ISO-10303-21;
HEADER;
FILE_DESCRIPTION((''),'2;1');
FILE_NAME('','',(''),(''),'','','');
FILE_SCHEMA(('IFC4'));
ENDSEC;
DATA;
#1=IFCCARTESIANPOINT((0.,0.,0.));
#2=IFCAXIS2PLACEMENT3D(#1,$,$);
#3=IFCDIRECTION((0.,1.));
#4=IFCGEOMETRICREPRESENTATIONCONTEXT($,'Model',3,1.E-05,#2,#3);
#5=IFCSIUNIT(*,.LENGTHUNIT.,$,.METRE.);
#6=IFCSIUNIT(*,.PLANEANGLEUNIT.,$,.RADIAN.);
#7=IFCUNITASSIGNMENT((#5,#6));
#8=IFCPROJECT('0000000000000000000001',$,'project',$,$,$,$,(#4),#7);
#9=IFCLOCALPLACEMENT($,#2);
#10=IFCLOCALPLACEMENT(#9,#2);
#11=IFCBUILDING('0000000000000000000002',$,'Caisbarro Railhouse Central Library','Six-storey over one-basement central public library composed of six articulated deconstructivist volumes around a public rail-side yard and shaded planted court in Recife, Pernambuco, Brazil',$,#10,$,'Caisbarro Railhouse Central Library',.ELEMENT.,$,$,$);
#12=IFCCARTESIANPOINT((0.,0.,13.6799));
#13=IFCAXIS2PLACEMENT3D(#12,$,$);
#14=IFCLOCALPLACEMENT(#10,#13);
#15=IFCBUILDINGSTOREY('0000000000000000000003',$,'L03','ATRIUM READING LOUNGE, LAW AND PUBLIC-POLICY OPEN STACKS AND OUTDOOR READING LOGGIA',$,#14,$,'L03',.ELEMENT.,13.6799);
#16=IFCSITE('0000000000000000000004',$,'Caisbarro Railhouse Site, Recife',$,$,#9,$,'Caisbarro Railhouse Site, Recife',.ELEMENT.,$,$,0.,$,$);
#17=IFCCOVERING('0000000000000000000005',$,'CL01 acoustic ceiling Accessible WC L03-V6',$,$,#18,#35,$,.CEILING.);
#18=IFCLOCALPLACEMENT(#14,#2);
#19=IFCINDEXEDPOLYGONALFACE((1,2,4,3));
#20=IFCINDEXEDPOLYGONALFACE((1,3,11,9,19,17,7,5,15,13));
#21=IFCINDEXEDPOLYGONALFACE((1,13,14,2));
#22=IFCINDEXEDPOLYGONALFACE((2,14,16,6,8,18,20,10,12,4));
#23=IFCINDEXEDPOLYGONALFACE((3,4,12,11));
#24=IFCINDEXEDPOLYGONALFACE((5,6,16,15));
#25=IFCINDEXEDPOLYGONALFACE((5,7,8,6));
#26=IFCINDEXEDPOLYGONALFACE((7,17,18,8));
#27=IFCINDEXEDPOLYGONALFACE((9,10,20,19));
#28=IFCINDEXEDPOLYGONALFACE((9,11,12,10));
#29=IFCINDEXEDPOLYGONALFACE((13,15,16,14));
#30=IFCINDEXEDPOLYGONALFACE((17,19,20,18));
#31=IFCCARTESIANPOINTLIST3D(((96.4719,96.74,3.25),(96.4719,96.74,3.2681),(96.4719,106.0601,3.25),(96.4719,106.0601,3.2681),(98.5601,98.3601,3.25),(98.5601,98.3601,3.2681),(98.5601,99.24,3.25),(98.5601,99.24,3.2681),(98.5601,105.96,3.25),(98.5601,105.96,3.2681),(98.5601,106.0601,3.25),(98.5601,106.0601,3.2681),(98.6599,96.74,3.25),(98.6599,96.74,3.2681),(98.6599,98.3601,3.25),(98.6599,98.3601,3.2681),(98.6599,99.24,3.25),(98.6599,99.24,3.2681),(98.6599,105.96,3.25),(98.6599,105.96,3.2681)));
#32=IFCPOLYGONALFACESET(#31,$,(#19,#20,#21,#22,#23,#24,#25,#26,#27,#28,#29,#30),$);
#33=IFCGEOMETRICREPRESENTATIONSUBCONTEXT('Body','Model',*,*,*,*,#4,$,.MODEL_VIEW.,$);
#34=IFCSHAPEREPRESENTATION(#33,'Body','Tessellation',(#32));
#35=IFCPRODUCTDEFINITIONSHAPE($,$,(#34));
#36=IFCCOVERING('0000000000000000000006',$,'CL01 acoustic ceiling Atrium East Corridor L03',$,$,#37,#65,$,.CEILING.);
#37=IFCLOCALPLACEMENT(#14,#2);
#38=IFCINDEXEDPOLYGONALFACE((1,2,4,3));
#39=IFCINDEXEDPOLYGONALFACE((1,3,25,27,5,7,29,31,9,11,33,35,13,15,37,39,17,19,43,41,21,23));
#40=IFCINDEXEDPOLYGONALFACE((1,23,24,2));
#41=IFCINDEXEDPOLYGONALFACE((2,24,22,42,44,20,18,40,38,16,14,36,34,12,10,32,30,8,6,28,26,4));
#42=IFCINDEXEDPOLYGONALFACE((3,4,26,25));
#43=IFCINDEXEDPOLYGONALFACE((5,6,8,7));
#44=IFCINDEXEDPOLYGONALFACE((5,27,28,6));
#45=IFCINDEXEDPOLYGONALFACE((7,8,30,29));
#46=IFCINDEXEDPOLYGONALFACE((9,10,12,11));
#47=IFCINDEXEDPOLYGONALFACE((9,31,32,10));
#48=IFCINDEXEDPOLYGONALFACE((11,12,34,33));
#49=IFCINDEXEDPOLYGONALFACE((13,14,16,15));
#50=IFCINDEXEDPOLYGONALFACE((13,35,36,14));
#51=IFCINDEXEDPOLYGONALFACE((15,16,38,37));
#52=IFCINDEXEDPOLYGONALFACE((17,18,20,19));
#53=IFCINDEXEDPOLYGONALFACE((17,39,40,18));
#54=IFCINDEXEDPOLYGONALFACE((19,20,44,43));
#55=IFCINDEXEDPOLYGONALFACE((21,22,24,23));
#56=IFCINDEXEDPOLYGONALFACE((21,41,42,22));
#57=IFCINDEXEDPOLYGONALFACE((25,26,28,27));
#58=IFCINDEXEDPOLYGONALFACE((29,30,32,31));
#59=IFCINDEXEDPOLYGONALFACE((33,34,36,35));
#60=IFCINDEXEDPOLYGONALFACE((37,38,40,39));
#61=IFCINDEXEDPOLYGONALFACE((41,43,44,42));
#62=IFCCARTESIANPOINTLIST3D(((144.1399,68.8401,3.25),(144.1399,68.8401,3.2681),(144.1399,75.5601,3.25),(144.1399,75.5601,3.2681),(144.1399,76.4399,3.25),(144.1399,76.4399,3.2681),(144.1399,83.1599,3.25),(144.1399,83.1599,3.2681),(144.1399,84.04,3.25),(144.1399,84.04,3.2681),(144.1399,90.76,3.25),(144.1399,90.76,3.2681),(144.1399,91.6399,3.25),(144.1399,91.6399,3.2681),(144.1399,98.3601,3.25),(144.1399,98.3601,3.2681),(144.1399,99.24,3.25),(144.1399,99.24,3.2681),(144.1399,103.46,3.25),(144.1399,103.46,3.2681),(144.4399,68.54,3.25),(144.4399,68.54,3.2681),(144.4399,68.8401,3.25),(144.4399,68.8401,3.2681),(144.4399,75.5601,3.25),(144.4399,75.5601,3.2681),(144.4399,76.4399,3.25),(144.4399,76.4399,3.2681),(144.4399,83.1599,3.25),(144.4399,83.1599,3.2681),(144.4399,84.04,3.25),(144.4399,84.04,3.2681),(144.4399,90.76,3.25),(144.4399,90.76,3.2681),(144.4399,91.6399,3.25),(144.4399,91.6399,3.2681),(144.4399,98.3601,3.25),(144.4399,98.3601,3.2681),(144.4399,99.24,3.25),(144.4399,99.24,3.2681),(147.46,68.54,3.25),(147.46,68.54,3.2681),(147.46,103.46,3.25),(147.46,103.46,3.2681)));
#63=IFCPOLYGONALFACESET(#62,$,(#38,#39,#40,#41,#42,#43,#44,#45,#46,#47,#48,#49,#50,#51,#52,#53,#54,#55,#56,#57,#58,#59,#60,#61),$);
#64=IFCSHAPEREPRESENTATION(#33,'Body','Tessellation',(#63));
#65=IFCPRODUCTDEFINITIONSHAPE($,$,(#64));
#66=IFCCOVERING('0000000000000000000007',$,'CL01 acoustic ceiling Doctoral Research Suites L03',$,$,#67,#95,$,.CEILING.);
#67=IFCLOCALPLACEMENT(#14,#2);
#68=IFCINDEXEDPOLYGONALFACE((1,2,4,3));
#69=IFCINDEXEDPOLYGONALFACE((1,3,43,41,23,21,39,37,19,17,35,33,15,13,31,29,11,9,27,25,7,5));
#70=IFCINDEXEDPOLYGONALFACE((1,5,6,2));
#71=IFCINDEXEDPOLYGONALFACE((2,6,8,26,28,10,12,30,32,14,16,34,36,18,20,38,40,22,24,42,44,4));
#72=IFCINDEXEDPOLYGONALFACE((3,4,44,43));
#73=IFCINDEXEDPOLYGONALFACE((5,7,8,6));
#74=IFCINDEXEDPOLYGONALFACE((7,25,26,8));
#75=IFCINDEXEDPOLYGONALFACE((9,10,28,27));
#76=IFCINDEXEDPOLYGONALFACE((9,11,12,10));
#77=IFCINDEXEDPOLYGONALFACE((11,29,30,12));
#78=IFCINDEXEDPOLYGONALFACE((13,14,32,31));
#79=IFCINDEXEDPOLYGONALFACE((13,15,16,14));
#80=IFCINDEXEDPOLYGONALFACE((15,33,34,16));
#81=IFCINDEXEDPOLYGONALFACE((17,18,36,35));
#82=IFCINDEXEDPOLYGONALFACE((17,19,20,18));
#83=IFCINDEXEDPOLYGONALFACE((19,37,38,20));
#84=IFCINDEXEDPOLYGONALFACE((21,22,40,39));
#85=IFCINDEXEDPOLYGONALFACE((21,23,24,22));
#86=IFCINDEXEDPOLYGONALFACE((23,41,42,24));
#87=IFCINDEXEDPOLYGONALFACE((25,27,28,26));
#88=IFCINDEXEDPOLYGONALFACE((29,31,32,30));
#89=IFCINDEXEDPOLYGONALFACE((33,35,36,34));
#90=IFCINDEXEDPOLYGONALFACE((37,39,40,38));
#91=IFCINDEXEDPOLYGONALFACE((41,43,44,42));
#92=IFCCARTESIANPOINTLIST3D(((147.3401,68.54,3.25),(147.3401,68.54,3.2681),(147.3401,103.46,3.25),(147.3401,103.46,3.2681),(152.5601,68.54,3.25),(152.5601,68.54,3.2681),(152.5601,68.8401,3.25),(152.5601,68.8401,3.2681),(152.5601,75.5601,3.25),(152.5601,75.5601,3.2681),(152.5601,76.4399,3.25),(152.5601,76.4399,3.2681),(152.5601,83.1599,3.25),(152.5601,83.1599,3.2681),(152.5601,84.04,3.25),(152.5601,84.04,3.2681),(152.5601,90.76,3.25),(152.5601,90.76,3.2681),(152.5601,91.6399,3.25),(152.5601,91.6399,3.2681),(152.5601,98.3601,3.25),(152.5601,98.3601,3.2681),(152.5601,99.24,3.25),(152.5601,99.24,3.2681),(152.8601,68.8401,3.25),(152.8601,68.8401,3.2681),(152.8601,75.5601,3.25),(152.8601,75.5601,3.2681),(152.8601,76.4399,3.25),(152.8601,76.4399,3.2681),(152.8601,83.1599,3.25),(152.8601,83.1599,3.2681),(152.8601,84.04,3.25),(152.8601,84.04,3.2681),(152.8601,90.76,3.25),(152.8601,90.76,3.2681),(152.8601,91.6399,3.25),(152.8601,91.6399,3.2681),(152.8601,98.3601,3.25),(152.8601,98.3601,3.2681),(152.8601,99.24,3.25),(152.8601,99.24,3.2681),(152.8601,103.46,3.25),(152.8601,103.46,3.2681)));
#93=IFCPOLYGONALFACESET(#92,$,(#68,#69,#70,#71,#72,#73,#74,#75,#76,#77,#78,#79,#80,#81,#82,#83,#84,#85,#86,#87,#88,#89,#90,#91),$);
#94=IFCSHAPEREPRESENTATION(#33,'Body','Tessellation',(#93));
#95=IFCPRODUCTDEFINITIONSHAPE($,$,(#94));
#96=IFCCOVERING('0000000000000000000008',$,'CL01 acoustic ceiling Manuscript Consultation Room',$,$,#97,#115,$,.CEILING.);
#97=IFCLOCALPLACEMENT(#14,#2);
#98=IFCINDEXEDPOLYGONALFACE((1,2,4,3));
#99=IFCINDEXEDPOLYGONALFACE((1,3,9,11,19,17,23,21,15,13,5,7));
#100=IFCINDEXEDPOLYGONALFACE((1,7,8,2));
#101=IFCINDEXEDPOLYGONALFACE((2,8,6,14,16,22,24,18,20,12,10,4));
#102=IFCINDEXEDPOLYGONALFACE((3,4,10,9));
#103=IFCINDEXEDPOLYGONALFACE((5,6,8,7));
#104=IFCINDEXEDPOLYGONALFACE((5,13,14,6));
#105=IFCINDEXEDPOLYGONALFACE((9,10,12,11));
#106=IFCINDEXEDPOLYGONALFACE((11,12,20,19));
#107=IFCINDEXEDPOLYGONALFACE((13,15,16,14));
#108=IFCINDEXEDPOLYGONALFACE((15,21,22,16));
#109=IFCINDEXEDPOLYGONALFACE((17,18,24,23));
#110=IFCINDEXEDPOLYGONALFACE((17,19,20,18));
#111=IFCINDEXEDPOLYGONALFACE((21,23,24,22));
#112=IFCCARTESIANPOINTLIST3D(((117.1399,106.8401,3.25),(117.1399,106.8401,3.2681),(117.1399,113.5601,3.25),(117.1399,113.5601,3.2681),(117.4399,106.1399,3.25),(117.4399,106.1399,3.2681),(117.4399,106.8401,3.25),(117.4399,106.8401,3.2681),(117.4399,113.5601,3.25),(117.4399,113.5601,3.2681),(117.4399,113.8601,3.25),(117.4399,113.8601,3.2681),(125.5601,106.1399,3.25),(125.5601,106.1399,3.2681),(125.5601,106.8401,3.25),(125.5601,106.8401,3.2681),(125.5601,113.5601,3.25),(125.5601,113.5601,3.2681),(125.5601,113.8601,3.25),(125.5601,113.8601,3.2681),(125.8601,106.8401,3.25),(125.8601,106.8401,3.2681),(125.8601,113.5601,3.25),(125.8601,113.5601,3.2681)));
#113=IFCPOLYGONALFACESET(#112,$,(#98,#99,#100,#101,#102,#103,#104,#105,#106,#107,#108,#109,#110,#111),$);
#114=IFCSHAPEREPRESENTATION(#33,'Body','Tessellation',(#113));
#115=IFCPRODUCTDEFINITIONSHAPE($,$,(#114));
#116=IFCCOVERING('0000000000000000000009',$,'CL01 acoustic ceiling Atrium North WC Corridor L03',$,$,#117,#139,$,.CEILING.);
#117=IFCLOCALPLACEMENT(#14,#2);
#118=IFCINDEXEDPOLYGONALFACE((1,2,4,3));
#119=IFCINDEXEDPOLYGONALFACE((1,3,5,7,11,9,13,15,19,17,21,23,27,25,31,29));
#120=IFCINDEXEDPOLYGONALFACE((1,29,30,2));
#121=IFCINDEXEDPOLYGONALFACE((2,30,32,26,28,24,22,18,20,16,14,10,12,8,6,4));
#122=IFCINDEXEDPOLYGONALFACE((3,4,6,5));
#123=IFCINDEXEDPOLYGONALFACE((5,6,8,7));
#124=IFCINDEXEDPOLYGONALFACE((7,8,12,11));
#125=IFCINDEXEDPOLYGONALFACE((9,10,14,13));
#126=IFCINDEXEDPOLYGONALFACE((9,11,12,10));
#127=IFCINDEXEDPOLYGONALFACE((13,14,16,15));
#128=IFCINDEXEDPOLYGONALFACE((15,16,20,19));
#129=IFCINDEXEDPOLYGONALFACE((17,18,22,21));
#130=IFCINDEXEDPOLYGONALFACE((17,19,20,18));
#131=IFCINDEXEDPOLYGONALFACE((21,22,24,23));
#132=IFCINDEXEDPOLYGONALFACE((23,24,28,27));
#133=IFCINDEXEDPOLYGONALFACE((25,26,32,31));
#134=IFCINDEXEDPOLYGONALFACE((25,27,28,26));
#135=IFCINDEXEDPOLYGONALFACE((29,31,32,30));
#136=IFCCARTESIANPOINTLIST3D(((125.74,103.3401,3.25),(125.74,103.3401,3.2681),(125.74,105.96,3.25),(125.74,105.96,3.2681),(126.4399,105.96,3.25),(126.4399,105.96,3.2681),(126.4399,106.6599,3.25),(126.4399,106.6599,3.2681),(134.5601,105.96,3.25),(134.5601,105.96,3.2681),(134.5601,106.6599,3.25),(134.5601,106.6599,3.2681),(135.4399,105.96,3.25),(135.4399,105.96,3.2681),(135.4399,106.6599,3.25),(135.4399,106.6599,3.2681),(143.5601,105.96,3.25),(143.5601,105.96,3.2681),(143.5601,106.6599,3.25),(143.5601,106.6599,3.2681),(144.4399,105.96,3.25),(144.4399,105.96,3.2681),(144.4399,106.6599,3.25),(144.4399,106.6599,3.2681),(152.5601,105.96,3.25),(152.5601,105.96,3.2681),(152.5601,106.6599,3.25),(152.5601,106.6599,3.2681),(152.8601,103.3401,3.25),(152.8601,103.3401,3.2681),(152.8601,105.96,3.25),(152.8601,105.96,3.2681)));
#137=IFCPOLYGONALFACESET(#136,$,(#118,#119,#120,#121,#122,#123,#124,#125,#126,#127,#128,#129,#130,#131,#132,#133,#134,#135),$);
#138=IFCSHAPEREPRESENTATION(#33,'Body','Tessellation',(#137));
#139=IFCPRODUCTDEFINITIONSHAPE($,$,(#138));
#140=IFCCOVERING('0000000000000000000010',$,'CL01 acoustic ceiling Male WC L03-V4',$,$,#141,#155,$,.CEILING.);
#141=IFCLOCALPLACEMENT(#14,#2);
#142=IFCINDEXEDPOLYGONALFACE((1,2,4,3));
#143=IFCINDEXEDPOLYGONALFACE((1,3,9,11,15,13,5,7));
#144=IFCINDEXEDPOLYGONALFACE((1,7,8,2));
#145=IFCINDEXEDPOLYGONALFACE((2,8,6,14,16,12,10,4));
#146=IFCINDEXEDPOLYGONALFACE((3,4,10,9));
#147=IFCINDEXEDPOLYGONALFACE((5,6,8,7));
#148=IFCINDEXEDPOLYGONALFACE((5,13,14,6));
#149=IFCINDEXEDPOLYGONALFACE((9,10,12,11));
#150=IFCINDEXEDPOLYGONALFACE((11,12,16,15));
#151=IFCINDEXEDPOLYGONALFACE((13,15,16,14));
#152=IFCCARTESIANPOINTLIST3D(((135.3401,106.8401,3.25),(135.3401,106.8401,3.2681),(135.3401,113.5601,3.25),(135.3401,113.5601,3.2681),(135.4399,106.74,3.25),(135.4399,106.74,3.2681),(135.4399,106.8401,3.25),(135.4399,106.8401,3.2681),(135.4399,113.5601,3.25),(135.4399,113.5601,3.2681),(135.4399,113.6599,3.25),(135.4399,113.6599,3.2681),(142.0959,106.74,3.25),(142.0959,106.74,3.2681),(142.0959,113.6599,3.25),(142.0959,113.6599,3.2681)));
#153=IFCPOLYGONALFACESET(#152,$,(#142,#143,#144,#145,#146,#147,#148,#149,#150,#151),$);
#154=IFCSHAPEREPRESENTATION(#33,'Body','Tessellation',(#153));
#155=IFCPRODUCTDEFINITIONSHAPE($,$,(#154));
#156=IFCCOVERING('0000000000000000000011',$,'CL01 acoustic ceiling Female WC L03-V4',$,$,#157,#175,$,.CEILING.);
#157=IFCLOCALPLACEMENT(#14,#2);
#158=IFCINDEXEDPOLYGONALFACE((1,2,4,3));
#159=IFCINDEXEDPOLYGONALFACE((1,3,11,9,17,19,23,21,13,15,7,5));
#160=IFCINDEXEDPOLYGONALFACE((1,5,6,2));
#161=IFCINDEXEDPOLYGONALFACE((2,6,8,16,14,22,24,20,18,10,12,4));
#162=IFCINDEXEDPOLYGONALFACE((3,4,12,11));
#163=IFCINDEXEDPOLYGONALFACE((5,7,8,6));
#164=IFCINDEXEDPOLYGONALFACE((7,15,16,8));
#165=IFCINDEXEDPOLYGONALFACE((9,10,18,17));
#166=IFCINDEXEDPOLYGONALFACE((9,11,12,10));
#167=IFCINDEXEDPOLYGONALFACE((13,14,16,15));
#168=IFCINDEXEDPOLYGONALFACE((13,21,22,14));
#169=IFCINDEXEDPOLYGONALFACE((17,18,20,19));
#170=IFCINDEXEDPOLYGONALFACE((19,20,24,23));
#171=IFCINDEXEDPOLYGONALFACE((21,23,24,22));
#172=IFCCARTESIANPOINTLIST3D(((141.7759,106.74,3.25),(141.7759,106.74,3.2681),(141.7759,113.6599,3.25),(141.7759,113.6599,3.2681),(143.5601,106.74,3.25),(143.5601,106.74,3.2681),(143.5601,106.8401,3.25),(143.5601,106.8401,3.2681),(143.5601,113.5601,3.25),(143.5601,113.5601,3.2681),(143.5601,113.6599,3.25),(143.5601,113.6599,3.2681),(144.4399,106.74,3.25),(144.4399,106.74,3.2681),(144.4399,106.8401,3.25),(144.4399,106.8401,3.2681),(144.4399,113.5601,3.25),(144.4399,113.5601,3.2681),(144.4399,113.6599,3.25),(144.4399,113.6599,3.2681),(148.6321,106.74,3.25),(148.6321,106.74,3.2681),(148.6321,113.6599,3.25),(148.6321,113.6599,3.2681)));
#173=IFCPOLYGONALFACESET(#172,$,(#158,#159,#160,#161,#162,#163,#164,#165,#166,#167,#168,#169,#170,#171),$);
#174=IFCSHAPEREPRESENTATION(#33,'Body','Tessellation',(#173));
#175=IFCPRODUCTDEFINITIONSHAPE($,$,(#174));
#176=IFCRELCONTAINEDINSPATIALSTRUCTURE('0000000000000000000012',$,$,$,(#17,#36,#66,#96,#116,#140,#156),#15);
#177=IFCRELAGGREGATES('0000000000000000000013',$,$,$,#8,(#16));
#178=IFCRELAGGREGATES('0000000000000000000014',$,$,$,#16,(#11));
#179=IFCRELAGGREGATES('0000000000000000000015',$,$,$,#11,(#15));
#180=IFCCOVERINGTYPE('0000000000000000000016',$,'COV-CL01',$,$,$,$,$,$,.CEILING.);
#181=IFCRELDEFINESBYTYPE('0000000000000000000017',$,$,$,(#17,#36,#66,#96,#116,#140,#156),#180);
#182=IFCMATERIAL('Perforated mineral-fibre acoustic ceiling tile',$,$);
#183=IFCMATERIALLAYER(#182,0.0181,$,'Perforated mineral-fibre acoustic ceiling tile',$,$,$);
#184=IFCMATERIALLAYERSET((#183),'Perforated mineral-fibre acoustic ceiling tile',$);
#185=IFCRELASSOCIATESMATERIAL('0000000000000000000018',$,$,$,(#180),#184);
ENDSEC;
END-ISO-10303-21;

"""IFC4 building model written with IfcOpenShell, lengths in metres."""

from ifc_helpers import new_model, si_unit, direction, frame, origin, place, context, subcontext, project, spatial, polyline, outline, extrude, material, layer, layer_set, type_object, element, save


model = new_model("IFC4")

# Units and contexts
model_context = context("Model", 3, precision=1e-05, world=origin(), true_north=direction((0.0, 1.0)))
body_context = subcontext(model_context, "Body", "Model", "MODEL_VIEW")
ifc_project = project(units=[si_unit("LENGTHUNIT", "METRE"), si_unit("PLANEANGLEUNIT", "RADIAN")], contexts=[model_context])

# Site, building, storey
site_placement = place(None, origin())
site = spatial("IfcSite", under=ifc_project, at=site_placement, Name="Caisbarro Railhouse Site, Recife", LongName="Caisbarro Railhouse Site, Recife", CompositionType="ELEMENT", RefElevation=0.0)
building_placement = place(site_placement, origin())
building = spatial("IfcBuilding", under=site, at=building_placement, Name="Caisbarro Railhouse Central Library", Description="Six-storey over one-basement central public library composed of six articulated deconstructivist volumes around a public rail-side yard and shaded planted court in Recife, Pernambuco, Brazil", LongName="Caisbarro Railhouse Central Library", CompositionType="ELEMENT")
storey_placement = place(building_placement, frame((0.0, 0.0, 13.6799)))
storey = spatial("IfcBuildingStorey", under=building, at=storey_placement, Name="L03", Description="ATRIUM READING LOUNGE, LAW AND PUBLIC-POLICY OPEN STACKS AND OUTDOOR READING LOGGIA", LongName="L03", CompositionType="ELEMENT", Elevation=13.6799)

# Coverings
ifc_material_1 = material(Name="Perforated mineral-fibre acoustic ceiling tile")
ifc_layer_1 = layer(ifc_material_1, 0.0181, Name="Perforated mineral-fibre acoustic ceiling tile")
ifc_layer_set_1 = layer_set([ifc_layer_1], Name="Perforated mineral-fibre acoustic ceiling tile")
covering_type_1 = type_object("IfcCoveringType", Name="COV-CL01", PredefinedType="CEILING", material=ifc_layer_set_1)
covering_1_placement = place(storey_placement, frame((0.0, 0.0, 3.25)))
element("IfcCovering", 1, at=covering_1_placement, inside=storey, type_object=covering_type_1, Name="CL01 acoustic ceiling Accessible WC L03-V6", PredefinedType="CEILING", context=body_context, shape_type="SweptSolid", body=[
    extrude(outline(polyline([(98.5601, 106.0601), (98.5601, 105.96), (98.6599, 105.96), (98.6599, 99.24), (98.5601, 99.24), (98.5601, 98.3601), (98.6599, 98.3601), (98.6599, 96.74), (96.4719, 96.74), (96.4719, 106.0601), (98.5601, 106.0601)])), origin(), (0.0, 0.0, 1.0), 0.0181),
])
covering_2_placement = place(storey_placement, frame((0.0, 0.0, 3.25)))
element("IfcCovering", 2, at=covering_2_placement, inside=storey, type_object=covering_type_1, Name="CL01 acoustic ceiling Atrium East Corridor L03", PredefinedType="CEILING", context=body_context, shape_type="SweptSolid", body=[
    extrude(outline(polyline([(144.4399, 68.8401), (144.1399, 68.8401), (144.1399, 75.5601), (144.4399, 75.5601), (144.4399, 76.4399), (144.1399, 76.4399), (144.1399, 83.1599), (144.4399, 83.1599), (144.4399, 84.04), (144.1399, 84.04), (144.1399, 90.76), (144.4399, 90.76), (144.4399, 91.6399), (144.1399, 91.6399), (144.1399, 98.3601), (144.4399, 98.3601), (144.4399, 99.24), (144.1399, 99.24), (144.1399, 103.46), (147.46, 103.46), (147.46, 68.54), (144.4399, 68.54), (144.4399, 68.8401)])), origin(), (0.0, 0.0, 1.0), 0.0181),
])
covering_3_placement = place(storey_placement, frame((0.0, 0.0, 3.25)))
element("IfcCovering", 3, at=covering_3_placement, inside=storey, type_object=covering_type_1, Name="CL01 acoustic ceiling Doctoral Research Suites L03", PredefinedType="CEILING", context=body_context, shape_type="SweptSolid", body=[
    extrude(outline(polyline([(152.5601, 83.1599), (152.8601, 83.1599), (152.8601, 76.4399), (152.5601, 76.4399), (152.5601, 75.5601), (152.8601, 75.5601), (152.8601, 68.8401), (152.5601, 68.8401), (152.5601, 68.54), (147.3401, 68.54), (147.3401, 103.46), (152.8601, 103.46), (152.8601, 99.24), (152.5601, 99.24), (152.5601, 98.3601), (152.8601, 98.3601), (152.8601, 91.6399), (152.5601, 91.6399), (152.5601, 90.76), (152.8601, 90.76), (152.8601, 84.04), (152.5601, 84.04), (152.5601, 83.1599)])), origin(), (0.0, 0.0, 1.0), 0.0181),
])
covering_4_placement = place(storey_placement, frame((0.0, 0.0, 3.25)))
element("IfcCovering", 4, at=covering_4_placement, inside=storey, type_object=covering_type_1, Name="CL01 acoustic ceiling Manuscript Consultation Room", PredefinedType="CEILING", context=body_context, shape_type="SweptSolid", body=[
    extrude(outline(polyline([(125.5601, 106.8401), (125.5601, 106.1399), (117.4399, 106.1399), (117.4399, 106.8401), (117.1399, 106.8401), (117.1399, 113.5601), (117.4399, 113.5601), (117.4399, 113.8601), (125.5601, 113.8601), (125.5601, 113.5601), (125.8601, 113.5601), (125.8601, 106.8401), (125.5601, 106.8401)])), origin(), (0.0, 0.0, 1.0), 0.0181),
])
covering_5_placement = place(storey_placement, frame((0.0, 0.0, 3.25)))
element("IfcCovering", 5, at=covering_5_placement, inside=storey, type_object=covering_type_1, Name="CL01 acoustic ceiling Atrium North WC Corridor L03", PredefinedType="CEILING", context=body_context, shape_type="SweptSolid", body=[
    extrude(outline(polyline([(134.5601, 106.6599), (134.5601, 105.96), (135.4399, 105.96), (135.4399, 106.6599), (143.5601, 106.6599), (143.5601, 105.96), (144.4399, 105.96), (144.4399, 106.6599), (152.5601, 106.6599), (152.5601, 105.96), (152.8601, 105.96), (152.8601, 103.3401), (125.74, 103.3401), (125.74, 105.96), (126.4399, 105.96), (126.4399, 106.6599), (134.5601, 106.6599)])), origin(), (0.0, 0.0, 1.0), 0.0181),
])
covering_6_placement = place(storey_placement, frame((0.0, 0.0, 3.25)))
element("IfcCovering", 6, at=covering_6_placement, inside=storey, type_object=covering_type_1, Name="CL01 acoustic ceiling Male WC L03-V4", PredefinedType="CEILING", context=body_context, shape_type="SweptSolid", body=[
    extrude(outline(polyline([(142.0959, 113.6599), (142.0959, 106.74), (135.4399, 106.74), (135.4399, 106.8401), (135.3401, 106.8401), (135.3401, 113.5601), (135.4399, 113.5601), (135.4399, 113.6599), (142.0959, 113.6599)])), origin(), (0.0, 0.0, 1.0), 0.0181),
])
covering_7_placement = place(storey_placement, frame((0.0, 0.0, 3.25)))
element("IfcCovering", 7, at=covering_7_placement, inside=storey, type_object=covering_type_1, Name="CL01 acoustic ceiling Female WC L03-V4", PredefinedType="CEILING", context=body_context, shape_type="SweptSolid", body=[
    extrude(outline(polyline([(143.5601, 113.6599), (143.5601, 113.5601), (144.4399, 113.5601), (144.4399, 113.6599), (148.6321, 113.6599), (148.6321, 106.74), (144.4399, 106.74), (144.4399, 106.8401), (143.5601, 106.8401), (143.5601, 106.74), (141.7759, 106.74), (141.7759, 113.6599), (143.5601, 113.6599)])), origin(), (0.0, 0.0, 1.0), 0.0181),
])

save(model, "model.ifc")
